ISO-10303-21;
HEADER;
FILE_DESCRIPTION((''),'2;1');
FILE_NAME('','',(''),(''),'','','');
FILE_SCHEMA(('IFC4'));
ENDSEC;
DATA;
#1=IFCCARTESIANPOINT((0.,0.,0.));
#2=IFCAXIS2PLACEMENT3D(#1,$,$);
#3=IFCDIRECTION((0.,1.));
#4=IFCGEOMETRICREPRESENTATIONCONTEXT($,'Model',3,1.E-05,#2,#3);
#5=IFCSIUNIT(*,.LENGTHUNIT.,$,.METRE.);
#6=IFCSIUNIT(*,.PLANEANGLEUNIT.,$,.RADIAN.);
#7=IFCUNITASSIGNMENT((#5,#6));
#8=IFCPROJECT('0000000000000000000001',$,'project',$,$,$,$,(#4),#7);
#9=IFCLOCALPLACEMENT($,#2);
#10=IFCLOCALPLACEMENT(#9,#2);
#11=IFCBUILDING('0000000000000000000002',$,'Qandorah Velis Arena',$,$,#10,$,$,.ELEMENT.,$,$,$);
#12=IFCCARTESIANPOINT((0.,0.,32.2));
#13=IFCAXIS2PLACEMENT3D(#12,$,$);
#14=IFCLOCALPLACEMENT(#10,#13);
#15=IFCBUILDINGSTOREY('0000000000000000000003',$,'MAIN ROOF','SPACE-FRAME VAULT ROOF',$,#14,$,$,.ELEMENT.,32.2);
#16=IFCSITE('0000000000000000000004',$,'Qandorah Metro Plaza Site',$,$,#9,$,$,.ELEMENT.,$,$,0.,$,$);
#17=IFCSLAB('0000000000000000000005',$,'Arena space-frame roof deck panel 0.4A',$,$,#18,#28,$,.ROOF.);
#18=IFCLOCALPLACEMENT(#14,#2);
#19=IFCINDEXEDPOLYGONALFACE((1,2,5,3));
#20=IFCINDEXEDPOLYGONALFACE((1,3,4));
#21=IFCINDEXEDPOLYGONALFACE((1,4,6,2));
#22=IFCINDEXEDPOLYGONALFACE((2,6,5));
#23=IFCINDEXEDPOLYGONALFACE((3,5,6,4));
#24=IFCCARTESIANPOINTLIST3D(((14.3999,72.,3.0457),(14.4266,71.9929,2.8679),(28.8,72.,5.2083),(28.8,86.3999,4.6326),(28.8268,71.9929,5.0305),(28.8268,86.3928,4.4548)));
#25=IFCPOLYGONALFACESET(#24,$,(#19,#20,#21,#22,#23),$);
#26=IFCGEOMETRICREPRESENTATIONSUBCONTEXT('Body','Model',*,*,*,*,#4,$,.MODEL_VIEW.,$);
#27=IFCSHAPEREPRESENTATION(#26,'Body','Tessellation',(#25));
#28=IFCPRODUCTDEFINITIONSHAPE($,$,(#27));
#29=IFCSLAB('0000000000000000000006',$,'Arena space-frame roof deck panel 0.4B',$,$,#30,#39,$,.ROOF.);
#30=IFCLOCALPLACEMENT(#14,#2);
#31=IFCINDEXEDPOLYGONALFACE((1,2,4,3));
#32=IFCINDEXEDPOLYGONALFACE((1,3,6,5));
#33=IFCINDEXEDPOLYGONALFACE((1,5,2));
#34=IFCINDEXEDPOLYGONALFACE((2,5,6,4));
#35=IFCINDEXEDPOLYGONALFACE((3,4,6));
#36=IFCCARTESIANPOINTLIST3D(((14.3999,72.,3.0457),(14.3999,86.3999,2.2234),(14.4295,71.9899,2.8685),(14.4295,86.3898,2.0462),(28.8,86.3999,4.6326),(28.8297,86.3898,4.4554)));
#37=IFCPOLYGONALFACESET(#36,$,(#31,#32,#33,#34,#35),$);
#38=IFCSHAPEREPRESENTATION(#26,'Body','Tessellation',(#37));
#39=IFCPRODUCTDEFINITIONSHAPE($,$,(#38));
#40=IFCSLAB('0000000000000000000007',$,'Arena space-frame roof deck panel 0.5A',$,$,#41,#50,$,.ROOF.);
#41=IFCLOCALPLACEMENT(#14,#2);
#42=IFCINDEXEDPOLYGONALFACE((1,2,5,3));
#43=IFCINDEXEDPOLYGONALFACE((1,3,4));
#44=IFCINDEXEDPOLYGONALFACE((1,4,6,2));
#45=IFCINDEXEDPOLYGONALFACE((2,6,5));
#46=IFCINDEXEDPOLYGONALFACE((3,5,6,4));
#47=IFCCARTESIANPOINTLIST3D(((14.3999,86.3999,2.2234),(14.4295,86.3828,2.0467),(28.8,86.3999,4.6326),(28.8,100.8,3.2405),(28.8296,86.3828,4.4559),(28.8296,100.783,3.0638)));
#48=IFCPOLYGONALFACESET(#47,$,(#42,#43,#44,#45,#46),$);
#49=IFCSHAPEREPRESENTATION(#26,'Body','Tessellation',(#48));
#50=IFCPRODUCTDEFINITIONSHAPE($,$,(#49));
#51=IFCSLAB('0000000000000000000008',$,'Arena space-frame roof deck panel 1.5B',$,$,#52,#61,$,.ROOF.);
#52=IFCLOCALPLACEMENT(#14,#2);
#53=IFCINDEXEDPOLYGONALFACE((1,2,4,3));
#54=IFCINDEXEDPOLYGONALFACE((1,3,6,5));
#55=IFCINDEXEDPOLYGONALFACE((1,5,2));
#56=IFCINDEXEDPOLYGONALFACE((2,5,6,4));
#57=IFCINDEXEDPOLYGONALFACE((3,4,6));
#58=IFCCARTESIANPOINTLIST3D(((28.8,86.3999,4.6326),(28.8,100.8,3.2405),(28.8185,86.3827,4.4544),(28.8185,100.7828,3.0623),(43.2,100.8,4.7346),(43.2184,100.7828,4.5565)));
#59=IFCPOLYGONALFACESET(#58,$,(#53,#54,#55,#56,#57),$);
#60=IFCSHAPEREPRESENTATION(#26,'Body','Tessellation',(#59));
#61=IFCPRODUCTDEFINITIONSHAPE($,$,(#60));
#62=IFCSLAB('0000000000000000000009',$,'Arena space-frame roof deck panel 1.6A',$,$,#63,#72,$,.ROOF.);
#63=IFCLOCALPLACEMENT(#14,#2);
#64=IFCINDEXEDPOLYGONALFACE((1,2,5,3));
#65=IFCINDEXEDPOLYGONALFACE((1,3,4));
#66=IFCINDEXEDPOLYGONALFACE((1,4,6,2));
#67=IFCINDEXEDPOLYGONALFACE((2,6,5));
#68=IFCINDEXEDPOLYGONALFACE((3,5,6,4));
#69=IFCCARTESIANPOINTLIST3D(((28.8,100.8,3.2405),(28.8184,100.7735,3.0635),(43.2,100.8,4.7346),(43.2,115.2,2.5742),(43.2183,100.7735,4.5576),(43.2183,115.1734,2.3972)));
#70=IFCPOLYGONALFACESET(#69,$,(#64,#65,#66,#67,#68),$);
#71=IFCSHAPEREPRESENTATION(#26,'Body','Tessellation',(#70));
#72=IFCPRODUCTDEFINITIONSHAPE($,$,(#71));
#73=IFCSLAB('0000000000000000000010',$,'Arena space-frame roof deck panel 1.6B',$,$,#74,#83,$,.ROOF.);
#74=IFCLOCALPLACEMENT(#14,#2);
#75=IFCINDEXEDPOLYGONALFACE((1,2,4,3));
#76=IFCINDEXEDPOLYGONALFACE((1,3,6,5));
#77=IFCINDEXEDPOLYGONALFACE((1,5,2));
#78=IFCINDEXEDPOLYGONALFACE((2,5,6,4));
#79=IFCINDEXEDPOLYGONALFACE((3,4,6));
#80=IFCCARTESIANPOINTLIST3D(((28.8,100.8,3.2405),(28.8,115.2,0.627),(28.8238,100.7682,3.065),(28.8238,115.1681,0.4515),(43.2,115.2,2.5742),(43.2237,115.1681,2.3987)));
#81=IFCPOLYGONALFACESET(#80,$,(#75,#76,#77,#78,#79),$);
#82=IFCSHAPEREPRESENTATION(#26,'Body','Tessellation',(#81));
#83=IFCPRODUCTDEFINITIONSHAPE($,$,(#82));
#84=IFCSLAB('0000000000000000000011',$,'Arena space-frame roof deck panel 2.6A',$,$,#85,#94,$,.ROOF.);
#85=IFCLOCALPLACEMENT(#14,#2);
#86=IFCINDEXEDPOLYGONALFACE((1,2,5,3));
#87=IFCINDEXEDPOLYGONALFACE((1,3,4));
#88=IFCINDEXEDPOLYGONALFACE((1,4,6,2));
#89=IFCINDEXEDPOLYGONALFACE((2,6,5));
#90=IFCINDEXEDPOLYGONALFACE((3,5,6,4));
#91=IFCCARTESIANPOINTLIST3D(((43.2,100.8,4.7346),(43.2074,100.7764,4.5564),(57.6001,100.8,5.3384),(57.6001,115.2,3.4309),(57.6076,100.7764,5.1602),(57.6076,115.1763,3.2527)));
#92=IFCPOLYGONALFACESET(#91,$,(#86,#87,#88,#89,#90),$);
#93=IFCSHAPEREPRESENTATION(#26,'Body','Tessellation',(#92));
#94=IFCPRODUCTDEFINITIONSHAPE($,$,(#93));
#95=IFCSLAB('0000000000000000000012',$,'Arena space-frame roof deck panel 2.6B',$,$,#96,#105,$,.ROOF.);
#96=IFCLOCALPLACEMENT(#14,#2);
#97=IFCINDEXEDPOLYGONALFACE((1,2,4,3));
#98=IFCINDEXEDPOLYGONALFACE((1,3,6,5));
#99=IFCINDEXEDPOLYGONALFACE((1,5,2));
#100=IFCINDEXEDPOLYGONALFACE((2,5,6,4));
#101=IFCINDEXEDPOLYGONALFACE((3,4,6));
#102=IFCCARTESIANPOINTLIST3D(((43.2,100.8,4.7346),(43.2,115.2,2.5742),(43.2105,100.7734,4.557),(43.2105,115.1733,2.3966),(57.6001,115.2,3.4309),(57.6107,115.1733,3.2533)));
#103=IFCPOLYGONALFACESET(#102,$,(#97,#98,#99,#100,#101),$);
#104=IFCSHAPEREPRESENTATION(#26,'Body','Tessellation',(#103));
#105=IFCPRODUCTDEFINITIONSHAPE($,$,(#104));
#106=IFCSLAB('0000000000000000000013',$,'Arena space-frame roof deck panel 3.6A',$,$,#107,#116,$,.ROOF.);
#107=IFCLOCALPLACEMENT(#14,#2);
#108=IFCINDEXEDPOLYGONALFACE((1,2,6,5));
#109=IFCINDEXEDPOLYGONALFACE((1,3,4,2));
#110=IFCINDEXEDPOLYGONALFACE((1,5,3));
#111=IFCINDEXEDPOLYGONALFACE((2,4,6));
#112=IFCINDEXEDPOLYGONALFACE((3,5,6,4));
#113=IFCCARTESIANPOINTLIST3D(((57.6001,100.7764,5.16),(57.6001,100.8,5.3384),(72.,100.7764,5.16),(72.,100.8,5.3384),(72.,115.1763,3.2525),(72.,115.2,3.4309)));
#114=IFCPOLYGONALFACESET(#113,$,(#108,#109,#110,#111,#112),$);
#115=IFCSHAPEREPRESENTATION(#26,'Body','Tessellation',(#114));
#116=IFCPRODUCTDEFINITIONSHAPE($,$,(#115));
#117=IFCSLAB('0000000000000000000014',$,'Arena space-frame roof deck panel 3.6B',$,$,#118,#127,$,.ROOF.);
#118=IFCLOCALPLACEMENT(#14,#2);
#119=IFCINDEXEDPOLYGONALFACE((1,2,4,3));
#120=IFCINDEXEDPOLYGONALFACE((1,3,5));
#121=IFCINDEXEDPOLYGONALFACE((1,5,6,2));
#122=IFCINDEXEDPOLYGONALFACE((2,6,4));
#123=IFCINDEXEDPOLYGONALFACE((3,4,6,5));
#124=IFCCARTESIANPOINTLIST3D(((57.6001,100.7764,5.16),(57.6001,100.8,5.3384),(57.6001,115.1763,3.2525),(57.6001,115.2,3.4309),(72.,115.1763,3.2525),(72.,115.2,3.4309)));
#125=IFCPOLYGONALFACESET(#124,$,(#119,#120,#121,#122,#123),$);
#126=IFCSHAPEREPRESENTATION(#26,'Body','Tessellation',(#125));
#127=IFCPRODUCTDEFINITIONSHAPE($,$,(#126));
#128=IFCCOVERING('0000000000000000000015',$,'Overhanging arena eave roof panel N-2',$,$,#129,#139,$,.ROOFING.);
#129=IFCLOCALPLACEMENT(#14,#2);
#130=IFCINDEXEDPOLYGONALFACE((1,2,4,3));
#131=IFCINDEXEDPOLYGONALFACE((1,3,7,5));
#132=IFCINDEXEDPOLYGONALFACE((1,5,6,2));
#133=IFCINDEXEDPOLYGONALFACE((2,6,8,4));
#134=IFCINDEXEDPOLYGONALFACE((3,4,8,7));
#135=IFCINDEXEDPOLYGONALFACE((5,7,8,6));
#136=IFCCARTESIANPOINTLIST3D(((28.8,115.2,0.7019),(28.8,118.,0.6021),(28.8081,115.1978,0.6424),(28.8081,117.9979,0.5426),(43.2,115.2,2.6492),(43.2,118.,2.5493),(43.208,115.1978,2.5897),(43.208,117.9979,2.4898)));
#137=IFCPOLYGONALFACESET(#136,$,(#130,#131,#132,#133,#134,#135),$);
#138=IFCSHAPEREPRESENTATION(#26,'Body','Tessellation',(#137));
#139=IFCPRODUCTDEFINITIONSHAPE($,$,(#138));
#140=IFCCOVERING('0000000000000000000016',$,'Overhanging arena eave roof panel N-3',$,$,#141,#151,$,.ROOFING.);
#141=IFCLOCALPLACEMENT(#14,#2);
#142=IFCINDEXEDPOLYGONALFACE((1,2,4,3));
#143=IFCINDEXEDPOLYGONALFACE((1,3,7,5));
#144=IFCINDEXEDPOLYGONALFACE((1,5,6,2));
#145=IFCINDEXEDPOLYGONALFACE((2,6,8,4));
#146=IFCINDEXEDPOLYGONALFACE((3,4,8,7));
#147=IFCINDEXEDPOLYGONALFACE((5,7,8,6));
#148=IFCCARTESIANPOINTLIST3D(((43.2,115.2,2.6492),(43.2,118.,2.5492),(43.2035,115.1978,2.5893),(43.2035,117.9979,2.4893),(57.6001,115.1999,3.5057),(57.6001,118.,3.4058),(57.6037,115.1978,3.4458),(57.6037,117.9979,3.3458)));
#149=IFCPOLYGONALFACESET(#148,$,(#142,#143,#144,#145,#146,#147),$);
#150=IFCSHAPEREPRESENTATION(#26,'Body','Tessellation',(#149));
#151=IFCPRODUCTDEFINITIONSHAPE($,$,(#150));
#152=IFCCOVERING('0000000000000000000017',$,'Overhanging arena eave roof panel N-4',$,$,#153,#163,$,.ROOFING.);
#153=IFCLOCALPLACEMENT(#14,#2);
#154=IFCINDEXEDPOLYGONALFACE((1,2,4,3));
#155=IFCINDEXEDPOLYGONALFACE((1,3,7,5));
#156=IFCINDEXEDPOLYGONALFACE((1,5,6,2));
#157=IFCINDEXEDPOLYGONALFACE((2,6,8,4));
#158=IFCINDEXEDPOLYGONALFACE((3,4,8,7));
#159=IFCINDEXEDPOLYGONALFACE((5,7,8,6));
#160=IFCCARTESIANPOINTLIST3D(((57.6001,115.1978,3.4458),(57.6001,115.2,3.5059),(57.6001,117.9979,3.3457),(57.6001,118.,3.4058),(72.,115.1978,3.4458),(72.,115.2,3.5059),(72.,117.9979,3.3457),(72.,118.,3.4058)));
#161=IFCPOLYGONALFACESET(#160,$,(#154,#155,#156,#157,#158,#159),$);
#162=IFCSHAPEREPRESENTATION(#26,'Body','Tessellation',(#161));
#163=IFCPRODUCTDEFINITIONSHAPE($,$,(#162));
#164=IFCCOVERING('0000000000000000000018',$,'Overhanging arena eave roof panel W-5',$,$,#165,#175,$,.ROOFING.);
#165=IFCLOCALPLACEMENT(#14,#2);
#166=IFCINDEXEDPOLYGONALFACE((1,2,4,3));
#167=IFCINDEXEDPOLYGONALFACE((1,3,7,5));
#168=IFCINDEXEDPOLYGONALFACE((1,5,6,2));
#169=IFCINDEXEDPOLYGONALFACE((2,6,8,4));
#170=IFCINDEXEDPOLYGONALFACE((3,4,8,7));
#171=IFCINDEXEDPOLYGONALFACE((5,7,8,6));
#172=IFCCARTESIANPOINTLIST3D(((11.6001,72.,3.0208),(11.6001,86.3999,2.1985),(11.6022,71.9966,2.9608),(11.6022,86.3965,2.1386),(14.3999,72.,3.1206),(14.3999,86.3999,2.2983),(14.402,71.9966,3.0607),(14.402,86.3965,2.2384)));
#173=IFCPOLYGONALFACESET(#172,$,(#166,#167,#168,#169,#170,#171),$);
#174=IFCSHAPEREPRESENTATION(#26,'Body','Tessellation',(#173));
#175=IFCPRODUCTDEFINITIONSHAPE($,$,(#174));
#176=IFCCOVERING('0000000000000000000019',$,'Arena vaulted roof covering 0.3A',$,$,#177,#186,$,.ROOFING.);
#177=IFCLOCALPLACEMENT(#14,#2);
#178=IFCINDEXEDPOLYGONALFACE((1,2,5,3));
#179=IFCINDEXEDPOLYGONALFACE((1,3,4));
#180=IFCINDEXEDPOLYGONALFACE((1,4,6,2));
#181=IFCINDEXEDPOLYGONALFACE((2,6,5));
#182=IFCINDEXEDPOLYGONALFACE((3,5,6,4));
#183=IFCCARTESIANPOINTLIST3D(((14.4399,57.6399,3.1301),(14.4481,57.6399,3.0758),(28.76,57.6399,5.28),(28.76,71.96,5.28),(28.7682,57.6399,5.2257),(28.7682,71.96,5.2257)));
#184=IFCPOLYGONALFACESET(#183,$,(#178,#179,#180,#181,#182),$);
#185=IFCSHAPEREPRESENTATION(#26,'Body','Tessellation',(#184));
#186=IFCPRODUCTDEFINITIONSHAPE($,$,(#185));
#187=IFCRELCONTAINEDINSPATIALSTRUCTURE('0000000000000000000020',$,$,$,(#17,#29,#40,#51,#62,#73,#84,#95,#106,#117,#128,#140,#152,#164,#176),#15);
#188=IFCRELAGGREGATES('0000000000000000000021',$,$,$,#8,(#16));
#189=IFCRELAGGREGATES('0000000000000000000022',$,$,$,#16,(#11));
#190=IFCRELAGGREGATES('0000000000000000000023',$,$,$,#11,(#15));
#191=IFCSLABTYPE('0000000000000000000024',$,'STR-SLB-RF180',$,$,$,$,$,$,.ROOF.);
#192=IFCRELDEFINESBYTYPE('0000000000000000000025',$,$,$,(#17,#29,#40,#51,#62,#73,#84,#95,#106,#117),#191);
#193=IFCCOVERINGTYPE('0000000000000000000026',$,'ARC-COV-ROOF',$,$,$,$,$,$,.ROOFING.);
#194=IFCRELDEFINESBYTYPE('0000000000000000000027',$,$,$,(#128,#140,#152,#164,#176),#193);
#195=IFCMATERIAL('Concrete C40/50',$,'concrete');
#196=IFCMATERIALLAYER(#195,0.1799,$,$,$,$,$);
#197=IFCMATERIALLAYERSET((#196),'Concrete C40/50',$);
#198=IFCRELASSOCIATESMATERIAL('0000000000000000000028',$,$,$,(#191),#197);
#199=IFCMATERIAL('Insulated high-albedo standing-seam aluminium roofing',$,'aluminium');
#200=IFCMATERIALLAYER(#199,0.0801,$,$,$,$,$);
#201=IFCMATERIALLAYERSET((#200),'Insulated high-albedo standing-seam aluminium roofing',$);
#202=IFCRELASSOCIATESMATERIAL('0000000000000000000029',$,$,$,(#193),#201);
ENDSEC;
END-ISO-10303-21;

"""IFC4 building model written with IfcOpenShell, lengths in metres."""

from ifc_helpers import new_model, si_unit, direction, frame, origin, place, context, subcontext, project, spatial, polyline, outline, extrude, material, layer, layer_set, type_object, element, save


model = new_model("IFC4")

# Units and contexts
model_context = context("Model", 3, precision=1e-05, world=origin(), true_north=direction((0.0, 1.0)))
body_context = subcontext(model_context, "Body", "Model", "MODEL_VIEW")
ifc_project = project(units=[si_unit("LENGTHUNIT", "METRE"), si_unit("PLANEANGLEUNIT", "RADIAN")], contexts=[model_context])

# Site, building, storey
site_placement = place(None, origin())
site = spatial("IfcSite", under=ifc_project, at=site_placement, Name="Qandorah Metro Plaza Site", CompositionType="ELEMENT", RefElevation=0.0)
building_placement = place(site_placement, origin())
building = spatial("IfcBuilding", under=site, at=building_placement, Name="Qandorah Velis Arena", CompositionType="ELEMENT")
storey_placement = place(building_placement, frame((0.0, 0.0, 32.2)))
storey = spatial("IfcBuildingStorey", under=building, at=storey_placement, Name="MAIN ROOF", Description="SPACE-FRAME VAULT ROOF", CompositionType="ELEMENT", Elevation=32.2)

# Slabs
ifc_material_1 = material(Name="Concrete C40/50", Category="concrete")
ifc_layer_1 = layer(ifc_material_1, 0.1799)
ifc_layer_set_1 = layer_set([ifc_layer_1], Name="Concrete C40/50")
slab_type = type_object("IfcSlabType", Name="STR-SLB-RF180", PredefinedType="ROOF", material=ifc_layer_set_1)
slab_1_placement = place(storey_placement, frame((14.3999, 72.0, 3.0457), z_axis=(-0.148398, 0.039504, 0.988138), x_axis=(0.98891, 0.0, 0.148513)))
element("IfcSlab", 1, at=slab_1_placement, inside=storey, type_object=slab_type, Name="Arena space-frame roof deck panel 0.4A", PredefinedType="ROOF", context=body_context, shape_type="SweptSolid", body=[
    extrude(outline(polyline([(0.0, 0.0), (14.5616, 0.0), (14.4761, 14.4112), (0.0, 0.0)])), origin(), (0.0, 0.0, -1.0), 0.1799),
])
slab_2_placement = place(storey_placement, frame((14.3999, 72.0, 3.0457), z_axis=(-0.164748, 0.05623, 0.984732), x_axis=(0.704976, 0.704964, 0.077689)))
element("IfcSlab", 2, at=slab_2_placement, inside=storey, type_object=slab_type, Name="Arena space-frame roof deck panel 0.4B", PredefinedType="ROOF", context=body_context, shape_type="SweptSolid", body=[
    extrude(outline(polyline([(0.0, 0.0), (20.4264, 0.0), (10.0875, 10.309), (0.0, 0.0)])), origin(), (0.0, 0.0, -1.0), 0.1799),
])
slab_3_placement = place(storey_placement, frame((14.3999, 86.3999, 2.2234), z_axis=(-0.164264, 0.094916, 0.981839), x_axis=(0.986292, 0.0, 0.165009)))
element("IfcSlab", 3, at=slab_3_placement, inside=storey, type_object=slab_type, Name="Arena space-frame roof deck panel 0.5A", PredefinedType="ROOF", context=body_context, shape_type="SweptSolid", body=[
    extrude(outline(polyline([(0.0, 0.0), (14.6003, 0.0), (14.3706, 14.4655), (0.0, 0.0)])), origin(), (0.0, 0.0, -1.0), 0.1799),
])
slab_4_placement = place(storey_placement, frame((28.8, 86.3999, 4.6326), z_axis=(-0.102733, 0.095714, 0.990093), x_axis=(0.707092, 0.707104, 0.005011)))
element("IfcSlab", 4, at=slab_4_placement, inside=storey, type_object=slab_type, Name="Arena space-frame roof deck panel 1.5B", PredefinedType="ROOF", context=body_context, shape_type="SweptSolid", body=[
    extrude(outline(polyline([(0.0, 0.0), (20.365, 0.0), (10.1754, 10.2841), (0.0, 0.0)])), origin(), (0.0, 0.0, -1.0), 0.1799),
])
slab_5_placement = place(storey_placement, frame((28.8, 100.8, 3.2405), z_axis=(-0.102076, 0.147593, 0.983767), x_axis=(0.99466, 0.0, 0.103206)))
element("IfcSlab", 5, at=slab_5_placement, inside=storey, type_object=slab_type, Name="Arena space-frame roof deck panel 1.6A", PredefinedType="ROOF", context=body_context, shape_type="SweptSolid", body=[
    extrude(outline(polyline([(0.0, 0.0), (14.4772, 0.0), (14.2542, 14.5594), (0.0, 0.0)])), origin(), (0.0, 0.0, -1.0), 0.1799),
])
slab_6_placement = place(storey_placement, frame((28.8, 100.8, 3.2405), z_axis=(-0.131892, 0.177019, 0.97533), x_axis=(0.706729, 0.706729, -0.032699)))
element("IfcSlab", 6, at=slab_6_placement, inside=storey, type_object=slab_type, Name="Arena space-frame roof deck panel 1.6B", PredefinedType="ROOF", context=body_context, shape_type="SweptSolid", body=[
    extrude(outline(polyline([(0.0, 0.0), (20.3754, 0.0), (10.2623, 10.4342), (0.0, 0.0)])), origin(), (0.0, 0.0, -1.0), 0.1799),
])
slab_7_placement = place(storey_placement, frame((43.2, 100.8, 4.7346), z_axis=(-0.041528, 0.131204, 0.990485), x_axis=(0.999122, 0.0, 0.041891)))
element("IfcSlab", 7, at=slab_7_placement, inside=storey, type_object=slab_type, Name="Arena space-frame roof deck panel 2.6A", PredefinedType="ROOF", context=body_context, shape_type="SweptSolid", body=[
    extrude(outline(polyline([(0.0, 0.0), (14.4128, 0.0), (14.3329, 14.5255), (0.0, 0.0)])), origin(), (0.0, 0.0, -1.0), 0.1799),
])
slab_8_placement = place(storey_placement, frame((43.2, 100.8, 4.7346), z_axis=(-0.058732, 0.148112, 0.987225), x_axis=(0.705668, 0.705656, -0.063887)))
element("IfcSlab", 8, at=slab_8_placement, inside=storey, type_object=slab_type, Name="Arena space-frame roof deck panel 2.6B", PredefinedType="ROOF", context=body_context, shape_type="SweptSolid", body=[
    extrude(outline(polyline([(0.0, 0.0), (20.4064, 0.0), (10.2994, 10.293), (0.0, 0.0)])), origin(), (0.0, 0.0, -1.0), 0.1799),
])
slab_9_placement = place(storey_placement, frame((57.6001, 100.8, 5.3384), z_axis=(0.0, 0.131317, 0.99134), x_axis=(1.0, 0.0, 0.0)))
element("IfcSlab", 9, at=slab_9_placement, inside=storey, type_object=slab_type, Name="Arena space-frame roof deck panel 3.6A", PredefinedType="ROOF", context=body_context, shape_type="SweptSolid", body=[
    extrude(outline(polyline([(0.0, 0.0), (14.3999, 0.0), (14.3999, 14.5257), (0.0, 0.0)])), origin(), (0.0, 0.0, -1.0), 0.1799),
])
slab_10_placement = place(storey_placement, frame((57.6001, 100.8, 5.3384), z_axis=(0.0, 0.131317, 0.99134), x_axis=(0.704025, 0.704025, -0.093258)))
element("IfcSlab", 10, at=slab_10_placement, inside=storey, type_object=slab_type, Name="Arena space-frame roof deck panel 3.6B", PredefinedType="ROOF", context=body_context, shape_type="SweptSolid", body=[
    extrude(outline(polyline([(0.0, 0.0), (20.4537, 0.0), (10.3158, 10.2265), (0.0, 0.0)])), origin(), (0.0, 0.0, -1.0), 0.1799),
])

# Coverings
ifc_material_2 = material(Name="Insulated high-albedo standing-seam aluminium roofing", Category="aluminium")
ifc_layer_2 = layer(ifc_material_2, 0.0801)
ifc_layer_set_2 = layer_set([ifc_layer_2], Name="Insulated high-albedo standing-seam aluminium roofing")
covering_type = type_object("IfcCoveringType", Name="ARC-COV-ROOF", PredefinedType="ROOFING", material=ifc_layer_set_2)
covering_1_placement = place(storey_placement, frame((28.8, 115.2, 0.7019), z_axis=(-0.133924, 0.035318, 0.990362), x_axis=(0.99098, 0.0, 0.134008)))
element("IfcCovering", 11, at=covering_1_placement, inside=storey, type_object=covering_type, Name="Overhanging arena eave roof panel N-2", PredefinedType="ROOFING", context=body_context, shape_type="SweptSolid", body=[
    extrude(outline(polyline([(0.0, 0.0), (14.531, 0.0), (14.5176, 2.8018), (-0.0134, 2.8018), (0.0, 0.0)])), origin(), (0.0, 0.0, -1.0), 0.0601),
])
covering_2_placement = place(storey_placement, frame((43.2, 115.2, 2.6492), z_axis=(-0.059341, 0.035619, 0.997602), x_axis=(0.998236, 0.0, 0.059378)))
element("IfcCovering", 12, at=covering_2_placement, inside=storey, type_object=covering_type, Name="Overhanging arena eave roof panel N-3", PredefinedType="ROOFING", context=body_context, shape_type="SweptSolid", body=[
    extrude(outline(polyline([(0.0, 0.0), (14.4256, 0.0), (14.4197, 2.8018), (-0.0059, 2.8018), (0.0, 0.0)])), origin(), (0.0, 0.0, -1.0), 0.0601),
])
covering_3_placement = place(storey_placement, frame((57.6001, 115.2, 3.5059), z_axis=(0.0, 0.035726, 0.999362), x_axis=(1.0, 0.0, 0.0)))
element("IfcCovering", 13, at=covering_3_placement, inside=storey, type_object=covering_type, Name="Overhanging arena eave roof panel N-4", PredefinedType="ROOFING", context=body_context, shape_type="SweptSolid", body=[
    extrude(outline(polyline([(0.0, 0.0), (14.3999, 0.0), (14.3999, 2.8018), (0.0, 2.8018), (0.0, 0.0)])), origin(), (0.0, 0.0, -1.0), 0.0601),
])
covering_4_placement = place(storey_placement, frame((11.6001, 72.0, 3.0208), z_axis=(-0.035584, 0.056973, 0.997741), x_axis=(0.999365, 0.0, 0.035642)))
element("IfcCovering", 14, at=covering_4_placement, inside=storey, type_object=covering_type, Name="Overhanging arena eave roof panel W-5", PredefinedType="ROOFING", context=body_context, shape_type="SweptSolid", body=[
    extrude(outline(polyline([(0.0, 0.0), (2.8016, 0.0), (2.7723, 14.4233), (-0.0293, 14.4233), (0.0, 0.0)])), origin(), (0.0, 0.0, -1.0), 0.0601),
])
covering_5_placement = place(storey_placement, frame((14.4399, 57.6399, 3.1301), z_axis=(-0.148468, 0.0, 0.988917), x_axis=(0.988917, 0.0, 0.148468)))
element("IfcCovering", 15, at=covering_5_placement, inside=storey, type_object=covering_type, Name="Arena vaulted roof covering 0.3A", PredefinedType="ROOFING", context=body_context, shape_type="SweptSolid", body=[
    extrude(outline(polyline([(0.0, 0.0), (14.4806, 0.0), (14.4806, 14.3201), (0.0, 0.0)])), origin(), (0.0, 0.0, -1.0), 0.0549),
])

save(model, "model.ifc")
